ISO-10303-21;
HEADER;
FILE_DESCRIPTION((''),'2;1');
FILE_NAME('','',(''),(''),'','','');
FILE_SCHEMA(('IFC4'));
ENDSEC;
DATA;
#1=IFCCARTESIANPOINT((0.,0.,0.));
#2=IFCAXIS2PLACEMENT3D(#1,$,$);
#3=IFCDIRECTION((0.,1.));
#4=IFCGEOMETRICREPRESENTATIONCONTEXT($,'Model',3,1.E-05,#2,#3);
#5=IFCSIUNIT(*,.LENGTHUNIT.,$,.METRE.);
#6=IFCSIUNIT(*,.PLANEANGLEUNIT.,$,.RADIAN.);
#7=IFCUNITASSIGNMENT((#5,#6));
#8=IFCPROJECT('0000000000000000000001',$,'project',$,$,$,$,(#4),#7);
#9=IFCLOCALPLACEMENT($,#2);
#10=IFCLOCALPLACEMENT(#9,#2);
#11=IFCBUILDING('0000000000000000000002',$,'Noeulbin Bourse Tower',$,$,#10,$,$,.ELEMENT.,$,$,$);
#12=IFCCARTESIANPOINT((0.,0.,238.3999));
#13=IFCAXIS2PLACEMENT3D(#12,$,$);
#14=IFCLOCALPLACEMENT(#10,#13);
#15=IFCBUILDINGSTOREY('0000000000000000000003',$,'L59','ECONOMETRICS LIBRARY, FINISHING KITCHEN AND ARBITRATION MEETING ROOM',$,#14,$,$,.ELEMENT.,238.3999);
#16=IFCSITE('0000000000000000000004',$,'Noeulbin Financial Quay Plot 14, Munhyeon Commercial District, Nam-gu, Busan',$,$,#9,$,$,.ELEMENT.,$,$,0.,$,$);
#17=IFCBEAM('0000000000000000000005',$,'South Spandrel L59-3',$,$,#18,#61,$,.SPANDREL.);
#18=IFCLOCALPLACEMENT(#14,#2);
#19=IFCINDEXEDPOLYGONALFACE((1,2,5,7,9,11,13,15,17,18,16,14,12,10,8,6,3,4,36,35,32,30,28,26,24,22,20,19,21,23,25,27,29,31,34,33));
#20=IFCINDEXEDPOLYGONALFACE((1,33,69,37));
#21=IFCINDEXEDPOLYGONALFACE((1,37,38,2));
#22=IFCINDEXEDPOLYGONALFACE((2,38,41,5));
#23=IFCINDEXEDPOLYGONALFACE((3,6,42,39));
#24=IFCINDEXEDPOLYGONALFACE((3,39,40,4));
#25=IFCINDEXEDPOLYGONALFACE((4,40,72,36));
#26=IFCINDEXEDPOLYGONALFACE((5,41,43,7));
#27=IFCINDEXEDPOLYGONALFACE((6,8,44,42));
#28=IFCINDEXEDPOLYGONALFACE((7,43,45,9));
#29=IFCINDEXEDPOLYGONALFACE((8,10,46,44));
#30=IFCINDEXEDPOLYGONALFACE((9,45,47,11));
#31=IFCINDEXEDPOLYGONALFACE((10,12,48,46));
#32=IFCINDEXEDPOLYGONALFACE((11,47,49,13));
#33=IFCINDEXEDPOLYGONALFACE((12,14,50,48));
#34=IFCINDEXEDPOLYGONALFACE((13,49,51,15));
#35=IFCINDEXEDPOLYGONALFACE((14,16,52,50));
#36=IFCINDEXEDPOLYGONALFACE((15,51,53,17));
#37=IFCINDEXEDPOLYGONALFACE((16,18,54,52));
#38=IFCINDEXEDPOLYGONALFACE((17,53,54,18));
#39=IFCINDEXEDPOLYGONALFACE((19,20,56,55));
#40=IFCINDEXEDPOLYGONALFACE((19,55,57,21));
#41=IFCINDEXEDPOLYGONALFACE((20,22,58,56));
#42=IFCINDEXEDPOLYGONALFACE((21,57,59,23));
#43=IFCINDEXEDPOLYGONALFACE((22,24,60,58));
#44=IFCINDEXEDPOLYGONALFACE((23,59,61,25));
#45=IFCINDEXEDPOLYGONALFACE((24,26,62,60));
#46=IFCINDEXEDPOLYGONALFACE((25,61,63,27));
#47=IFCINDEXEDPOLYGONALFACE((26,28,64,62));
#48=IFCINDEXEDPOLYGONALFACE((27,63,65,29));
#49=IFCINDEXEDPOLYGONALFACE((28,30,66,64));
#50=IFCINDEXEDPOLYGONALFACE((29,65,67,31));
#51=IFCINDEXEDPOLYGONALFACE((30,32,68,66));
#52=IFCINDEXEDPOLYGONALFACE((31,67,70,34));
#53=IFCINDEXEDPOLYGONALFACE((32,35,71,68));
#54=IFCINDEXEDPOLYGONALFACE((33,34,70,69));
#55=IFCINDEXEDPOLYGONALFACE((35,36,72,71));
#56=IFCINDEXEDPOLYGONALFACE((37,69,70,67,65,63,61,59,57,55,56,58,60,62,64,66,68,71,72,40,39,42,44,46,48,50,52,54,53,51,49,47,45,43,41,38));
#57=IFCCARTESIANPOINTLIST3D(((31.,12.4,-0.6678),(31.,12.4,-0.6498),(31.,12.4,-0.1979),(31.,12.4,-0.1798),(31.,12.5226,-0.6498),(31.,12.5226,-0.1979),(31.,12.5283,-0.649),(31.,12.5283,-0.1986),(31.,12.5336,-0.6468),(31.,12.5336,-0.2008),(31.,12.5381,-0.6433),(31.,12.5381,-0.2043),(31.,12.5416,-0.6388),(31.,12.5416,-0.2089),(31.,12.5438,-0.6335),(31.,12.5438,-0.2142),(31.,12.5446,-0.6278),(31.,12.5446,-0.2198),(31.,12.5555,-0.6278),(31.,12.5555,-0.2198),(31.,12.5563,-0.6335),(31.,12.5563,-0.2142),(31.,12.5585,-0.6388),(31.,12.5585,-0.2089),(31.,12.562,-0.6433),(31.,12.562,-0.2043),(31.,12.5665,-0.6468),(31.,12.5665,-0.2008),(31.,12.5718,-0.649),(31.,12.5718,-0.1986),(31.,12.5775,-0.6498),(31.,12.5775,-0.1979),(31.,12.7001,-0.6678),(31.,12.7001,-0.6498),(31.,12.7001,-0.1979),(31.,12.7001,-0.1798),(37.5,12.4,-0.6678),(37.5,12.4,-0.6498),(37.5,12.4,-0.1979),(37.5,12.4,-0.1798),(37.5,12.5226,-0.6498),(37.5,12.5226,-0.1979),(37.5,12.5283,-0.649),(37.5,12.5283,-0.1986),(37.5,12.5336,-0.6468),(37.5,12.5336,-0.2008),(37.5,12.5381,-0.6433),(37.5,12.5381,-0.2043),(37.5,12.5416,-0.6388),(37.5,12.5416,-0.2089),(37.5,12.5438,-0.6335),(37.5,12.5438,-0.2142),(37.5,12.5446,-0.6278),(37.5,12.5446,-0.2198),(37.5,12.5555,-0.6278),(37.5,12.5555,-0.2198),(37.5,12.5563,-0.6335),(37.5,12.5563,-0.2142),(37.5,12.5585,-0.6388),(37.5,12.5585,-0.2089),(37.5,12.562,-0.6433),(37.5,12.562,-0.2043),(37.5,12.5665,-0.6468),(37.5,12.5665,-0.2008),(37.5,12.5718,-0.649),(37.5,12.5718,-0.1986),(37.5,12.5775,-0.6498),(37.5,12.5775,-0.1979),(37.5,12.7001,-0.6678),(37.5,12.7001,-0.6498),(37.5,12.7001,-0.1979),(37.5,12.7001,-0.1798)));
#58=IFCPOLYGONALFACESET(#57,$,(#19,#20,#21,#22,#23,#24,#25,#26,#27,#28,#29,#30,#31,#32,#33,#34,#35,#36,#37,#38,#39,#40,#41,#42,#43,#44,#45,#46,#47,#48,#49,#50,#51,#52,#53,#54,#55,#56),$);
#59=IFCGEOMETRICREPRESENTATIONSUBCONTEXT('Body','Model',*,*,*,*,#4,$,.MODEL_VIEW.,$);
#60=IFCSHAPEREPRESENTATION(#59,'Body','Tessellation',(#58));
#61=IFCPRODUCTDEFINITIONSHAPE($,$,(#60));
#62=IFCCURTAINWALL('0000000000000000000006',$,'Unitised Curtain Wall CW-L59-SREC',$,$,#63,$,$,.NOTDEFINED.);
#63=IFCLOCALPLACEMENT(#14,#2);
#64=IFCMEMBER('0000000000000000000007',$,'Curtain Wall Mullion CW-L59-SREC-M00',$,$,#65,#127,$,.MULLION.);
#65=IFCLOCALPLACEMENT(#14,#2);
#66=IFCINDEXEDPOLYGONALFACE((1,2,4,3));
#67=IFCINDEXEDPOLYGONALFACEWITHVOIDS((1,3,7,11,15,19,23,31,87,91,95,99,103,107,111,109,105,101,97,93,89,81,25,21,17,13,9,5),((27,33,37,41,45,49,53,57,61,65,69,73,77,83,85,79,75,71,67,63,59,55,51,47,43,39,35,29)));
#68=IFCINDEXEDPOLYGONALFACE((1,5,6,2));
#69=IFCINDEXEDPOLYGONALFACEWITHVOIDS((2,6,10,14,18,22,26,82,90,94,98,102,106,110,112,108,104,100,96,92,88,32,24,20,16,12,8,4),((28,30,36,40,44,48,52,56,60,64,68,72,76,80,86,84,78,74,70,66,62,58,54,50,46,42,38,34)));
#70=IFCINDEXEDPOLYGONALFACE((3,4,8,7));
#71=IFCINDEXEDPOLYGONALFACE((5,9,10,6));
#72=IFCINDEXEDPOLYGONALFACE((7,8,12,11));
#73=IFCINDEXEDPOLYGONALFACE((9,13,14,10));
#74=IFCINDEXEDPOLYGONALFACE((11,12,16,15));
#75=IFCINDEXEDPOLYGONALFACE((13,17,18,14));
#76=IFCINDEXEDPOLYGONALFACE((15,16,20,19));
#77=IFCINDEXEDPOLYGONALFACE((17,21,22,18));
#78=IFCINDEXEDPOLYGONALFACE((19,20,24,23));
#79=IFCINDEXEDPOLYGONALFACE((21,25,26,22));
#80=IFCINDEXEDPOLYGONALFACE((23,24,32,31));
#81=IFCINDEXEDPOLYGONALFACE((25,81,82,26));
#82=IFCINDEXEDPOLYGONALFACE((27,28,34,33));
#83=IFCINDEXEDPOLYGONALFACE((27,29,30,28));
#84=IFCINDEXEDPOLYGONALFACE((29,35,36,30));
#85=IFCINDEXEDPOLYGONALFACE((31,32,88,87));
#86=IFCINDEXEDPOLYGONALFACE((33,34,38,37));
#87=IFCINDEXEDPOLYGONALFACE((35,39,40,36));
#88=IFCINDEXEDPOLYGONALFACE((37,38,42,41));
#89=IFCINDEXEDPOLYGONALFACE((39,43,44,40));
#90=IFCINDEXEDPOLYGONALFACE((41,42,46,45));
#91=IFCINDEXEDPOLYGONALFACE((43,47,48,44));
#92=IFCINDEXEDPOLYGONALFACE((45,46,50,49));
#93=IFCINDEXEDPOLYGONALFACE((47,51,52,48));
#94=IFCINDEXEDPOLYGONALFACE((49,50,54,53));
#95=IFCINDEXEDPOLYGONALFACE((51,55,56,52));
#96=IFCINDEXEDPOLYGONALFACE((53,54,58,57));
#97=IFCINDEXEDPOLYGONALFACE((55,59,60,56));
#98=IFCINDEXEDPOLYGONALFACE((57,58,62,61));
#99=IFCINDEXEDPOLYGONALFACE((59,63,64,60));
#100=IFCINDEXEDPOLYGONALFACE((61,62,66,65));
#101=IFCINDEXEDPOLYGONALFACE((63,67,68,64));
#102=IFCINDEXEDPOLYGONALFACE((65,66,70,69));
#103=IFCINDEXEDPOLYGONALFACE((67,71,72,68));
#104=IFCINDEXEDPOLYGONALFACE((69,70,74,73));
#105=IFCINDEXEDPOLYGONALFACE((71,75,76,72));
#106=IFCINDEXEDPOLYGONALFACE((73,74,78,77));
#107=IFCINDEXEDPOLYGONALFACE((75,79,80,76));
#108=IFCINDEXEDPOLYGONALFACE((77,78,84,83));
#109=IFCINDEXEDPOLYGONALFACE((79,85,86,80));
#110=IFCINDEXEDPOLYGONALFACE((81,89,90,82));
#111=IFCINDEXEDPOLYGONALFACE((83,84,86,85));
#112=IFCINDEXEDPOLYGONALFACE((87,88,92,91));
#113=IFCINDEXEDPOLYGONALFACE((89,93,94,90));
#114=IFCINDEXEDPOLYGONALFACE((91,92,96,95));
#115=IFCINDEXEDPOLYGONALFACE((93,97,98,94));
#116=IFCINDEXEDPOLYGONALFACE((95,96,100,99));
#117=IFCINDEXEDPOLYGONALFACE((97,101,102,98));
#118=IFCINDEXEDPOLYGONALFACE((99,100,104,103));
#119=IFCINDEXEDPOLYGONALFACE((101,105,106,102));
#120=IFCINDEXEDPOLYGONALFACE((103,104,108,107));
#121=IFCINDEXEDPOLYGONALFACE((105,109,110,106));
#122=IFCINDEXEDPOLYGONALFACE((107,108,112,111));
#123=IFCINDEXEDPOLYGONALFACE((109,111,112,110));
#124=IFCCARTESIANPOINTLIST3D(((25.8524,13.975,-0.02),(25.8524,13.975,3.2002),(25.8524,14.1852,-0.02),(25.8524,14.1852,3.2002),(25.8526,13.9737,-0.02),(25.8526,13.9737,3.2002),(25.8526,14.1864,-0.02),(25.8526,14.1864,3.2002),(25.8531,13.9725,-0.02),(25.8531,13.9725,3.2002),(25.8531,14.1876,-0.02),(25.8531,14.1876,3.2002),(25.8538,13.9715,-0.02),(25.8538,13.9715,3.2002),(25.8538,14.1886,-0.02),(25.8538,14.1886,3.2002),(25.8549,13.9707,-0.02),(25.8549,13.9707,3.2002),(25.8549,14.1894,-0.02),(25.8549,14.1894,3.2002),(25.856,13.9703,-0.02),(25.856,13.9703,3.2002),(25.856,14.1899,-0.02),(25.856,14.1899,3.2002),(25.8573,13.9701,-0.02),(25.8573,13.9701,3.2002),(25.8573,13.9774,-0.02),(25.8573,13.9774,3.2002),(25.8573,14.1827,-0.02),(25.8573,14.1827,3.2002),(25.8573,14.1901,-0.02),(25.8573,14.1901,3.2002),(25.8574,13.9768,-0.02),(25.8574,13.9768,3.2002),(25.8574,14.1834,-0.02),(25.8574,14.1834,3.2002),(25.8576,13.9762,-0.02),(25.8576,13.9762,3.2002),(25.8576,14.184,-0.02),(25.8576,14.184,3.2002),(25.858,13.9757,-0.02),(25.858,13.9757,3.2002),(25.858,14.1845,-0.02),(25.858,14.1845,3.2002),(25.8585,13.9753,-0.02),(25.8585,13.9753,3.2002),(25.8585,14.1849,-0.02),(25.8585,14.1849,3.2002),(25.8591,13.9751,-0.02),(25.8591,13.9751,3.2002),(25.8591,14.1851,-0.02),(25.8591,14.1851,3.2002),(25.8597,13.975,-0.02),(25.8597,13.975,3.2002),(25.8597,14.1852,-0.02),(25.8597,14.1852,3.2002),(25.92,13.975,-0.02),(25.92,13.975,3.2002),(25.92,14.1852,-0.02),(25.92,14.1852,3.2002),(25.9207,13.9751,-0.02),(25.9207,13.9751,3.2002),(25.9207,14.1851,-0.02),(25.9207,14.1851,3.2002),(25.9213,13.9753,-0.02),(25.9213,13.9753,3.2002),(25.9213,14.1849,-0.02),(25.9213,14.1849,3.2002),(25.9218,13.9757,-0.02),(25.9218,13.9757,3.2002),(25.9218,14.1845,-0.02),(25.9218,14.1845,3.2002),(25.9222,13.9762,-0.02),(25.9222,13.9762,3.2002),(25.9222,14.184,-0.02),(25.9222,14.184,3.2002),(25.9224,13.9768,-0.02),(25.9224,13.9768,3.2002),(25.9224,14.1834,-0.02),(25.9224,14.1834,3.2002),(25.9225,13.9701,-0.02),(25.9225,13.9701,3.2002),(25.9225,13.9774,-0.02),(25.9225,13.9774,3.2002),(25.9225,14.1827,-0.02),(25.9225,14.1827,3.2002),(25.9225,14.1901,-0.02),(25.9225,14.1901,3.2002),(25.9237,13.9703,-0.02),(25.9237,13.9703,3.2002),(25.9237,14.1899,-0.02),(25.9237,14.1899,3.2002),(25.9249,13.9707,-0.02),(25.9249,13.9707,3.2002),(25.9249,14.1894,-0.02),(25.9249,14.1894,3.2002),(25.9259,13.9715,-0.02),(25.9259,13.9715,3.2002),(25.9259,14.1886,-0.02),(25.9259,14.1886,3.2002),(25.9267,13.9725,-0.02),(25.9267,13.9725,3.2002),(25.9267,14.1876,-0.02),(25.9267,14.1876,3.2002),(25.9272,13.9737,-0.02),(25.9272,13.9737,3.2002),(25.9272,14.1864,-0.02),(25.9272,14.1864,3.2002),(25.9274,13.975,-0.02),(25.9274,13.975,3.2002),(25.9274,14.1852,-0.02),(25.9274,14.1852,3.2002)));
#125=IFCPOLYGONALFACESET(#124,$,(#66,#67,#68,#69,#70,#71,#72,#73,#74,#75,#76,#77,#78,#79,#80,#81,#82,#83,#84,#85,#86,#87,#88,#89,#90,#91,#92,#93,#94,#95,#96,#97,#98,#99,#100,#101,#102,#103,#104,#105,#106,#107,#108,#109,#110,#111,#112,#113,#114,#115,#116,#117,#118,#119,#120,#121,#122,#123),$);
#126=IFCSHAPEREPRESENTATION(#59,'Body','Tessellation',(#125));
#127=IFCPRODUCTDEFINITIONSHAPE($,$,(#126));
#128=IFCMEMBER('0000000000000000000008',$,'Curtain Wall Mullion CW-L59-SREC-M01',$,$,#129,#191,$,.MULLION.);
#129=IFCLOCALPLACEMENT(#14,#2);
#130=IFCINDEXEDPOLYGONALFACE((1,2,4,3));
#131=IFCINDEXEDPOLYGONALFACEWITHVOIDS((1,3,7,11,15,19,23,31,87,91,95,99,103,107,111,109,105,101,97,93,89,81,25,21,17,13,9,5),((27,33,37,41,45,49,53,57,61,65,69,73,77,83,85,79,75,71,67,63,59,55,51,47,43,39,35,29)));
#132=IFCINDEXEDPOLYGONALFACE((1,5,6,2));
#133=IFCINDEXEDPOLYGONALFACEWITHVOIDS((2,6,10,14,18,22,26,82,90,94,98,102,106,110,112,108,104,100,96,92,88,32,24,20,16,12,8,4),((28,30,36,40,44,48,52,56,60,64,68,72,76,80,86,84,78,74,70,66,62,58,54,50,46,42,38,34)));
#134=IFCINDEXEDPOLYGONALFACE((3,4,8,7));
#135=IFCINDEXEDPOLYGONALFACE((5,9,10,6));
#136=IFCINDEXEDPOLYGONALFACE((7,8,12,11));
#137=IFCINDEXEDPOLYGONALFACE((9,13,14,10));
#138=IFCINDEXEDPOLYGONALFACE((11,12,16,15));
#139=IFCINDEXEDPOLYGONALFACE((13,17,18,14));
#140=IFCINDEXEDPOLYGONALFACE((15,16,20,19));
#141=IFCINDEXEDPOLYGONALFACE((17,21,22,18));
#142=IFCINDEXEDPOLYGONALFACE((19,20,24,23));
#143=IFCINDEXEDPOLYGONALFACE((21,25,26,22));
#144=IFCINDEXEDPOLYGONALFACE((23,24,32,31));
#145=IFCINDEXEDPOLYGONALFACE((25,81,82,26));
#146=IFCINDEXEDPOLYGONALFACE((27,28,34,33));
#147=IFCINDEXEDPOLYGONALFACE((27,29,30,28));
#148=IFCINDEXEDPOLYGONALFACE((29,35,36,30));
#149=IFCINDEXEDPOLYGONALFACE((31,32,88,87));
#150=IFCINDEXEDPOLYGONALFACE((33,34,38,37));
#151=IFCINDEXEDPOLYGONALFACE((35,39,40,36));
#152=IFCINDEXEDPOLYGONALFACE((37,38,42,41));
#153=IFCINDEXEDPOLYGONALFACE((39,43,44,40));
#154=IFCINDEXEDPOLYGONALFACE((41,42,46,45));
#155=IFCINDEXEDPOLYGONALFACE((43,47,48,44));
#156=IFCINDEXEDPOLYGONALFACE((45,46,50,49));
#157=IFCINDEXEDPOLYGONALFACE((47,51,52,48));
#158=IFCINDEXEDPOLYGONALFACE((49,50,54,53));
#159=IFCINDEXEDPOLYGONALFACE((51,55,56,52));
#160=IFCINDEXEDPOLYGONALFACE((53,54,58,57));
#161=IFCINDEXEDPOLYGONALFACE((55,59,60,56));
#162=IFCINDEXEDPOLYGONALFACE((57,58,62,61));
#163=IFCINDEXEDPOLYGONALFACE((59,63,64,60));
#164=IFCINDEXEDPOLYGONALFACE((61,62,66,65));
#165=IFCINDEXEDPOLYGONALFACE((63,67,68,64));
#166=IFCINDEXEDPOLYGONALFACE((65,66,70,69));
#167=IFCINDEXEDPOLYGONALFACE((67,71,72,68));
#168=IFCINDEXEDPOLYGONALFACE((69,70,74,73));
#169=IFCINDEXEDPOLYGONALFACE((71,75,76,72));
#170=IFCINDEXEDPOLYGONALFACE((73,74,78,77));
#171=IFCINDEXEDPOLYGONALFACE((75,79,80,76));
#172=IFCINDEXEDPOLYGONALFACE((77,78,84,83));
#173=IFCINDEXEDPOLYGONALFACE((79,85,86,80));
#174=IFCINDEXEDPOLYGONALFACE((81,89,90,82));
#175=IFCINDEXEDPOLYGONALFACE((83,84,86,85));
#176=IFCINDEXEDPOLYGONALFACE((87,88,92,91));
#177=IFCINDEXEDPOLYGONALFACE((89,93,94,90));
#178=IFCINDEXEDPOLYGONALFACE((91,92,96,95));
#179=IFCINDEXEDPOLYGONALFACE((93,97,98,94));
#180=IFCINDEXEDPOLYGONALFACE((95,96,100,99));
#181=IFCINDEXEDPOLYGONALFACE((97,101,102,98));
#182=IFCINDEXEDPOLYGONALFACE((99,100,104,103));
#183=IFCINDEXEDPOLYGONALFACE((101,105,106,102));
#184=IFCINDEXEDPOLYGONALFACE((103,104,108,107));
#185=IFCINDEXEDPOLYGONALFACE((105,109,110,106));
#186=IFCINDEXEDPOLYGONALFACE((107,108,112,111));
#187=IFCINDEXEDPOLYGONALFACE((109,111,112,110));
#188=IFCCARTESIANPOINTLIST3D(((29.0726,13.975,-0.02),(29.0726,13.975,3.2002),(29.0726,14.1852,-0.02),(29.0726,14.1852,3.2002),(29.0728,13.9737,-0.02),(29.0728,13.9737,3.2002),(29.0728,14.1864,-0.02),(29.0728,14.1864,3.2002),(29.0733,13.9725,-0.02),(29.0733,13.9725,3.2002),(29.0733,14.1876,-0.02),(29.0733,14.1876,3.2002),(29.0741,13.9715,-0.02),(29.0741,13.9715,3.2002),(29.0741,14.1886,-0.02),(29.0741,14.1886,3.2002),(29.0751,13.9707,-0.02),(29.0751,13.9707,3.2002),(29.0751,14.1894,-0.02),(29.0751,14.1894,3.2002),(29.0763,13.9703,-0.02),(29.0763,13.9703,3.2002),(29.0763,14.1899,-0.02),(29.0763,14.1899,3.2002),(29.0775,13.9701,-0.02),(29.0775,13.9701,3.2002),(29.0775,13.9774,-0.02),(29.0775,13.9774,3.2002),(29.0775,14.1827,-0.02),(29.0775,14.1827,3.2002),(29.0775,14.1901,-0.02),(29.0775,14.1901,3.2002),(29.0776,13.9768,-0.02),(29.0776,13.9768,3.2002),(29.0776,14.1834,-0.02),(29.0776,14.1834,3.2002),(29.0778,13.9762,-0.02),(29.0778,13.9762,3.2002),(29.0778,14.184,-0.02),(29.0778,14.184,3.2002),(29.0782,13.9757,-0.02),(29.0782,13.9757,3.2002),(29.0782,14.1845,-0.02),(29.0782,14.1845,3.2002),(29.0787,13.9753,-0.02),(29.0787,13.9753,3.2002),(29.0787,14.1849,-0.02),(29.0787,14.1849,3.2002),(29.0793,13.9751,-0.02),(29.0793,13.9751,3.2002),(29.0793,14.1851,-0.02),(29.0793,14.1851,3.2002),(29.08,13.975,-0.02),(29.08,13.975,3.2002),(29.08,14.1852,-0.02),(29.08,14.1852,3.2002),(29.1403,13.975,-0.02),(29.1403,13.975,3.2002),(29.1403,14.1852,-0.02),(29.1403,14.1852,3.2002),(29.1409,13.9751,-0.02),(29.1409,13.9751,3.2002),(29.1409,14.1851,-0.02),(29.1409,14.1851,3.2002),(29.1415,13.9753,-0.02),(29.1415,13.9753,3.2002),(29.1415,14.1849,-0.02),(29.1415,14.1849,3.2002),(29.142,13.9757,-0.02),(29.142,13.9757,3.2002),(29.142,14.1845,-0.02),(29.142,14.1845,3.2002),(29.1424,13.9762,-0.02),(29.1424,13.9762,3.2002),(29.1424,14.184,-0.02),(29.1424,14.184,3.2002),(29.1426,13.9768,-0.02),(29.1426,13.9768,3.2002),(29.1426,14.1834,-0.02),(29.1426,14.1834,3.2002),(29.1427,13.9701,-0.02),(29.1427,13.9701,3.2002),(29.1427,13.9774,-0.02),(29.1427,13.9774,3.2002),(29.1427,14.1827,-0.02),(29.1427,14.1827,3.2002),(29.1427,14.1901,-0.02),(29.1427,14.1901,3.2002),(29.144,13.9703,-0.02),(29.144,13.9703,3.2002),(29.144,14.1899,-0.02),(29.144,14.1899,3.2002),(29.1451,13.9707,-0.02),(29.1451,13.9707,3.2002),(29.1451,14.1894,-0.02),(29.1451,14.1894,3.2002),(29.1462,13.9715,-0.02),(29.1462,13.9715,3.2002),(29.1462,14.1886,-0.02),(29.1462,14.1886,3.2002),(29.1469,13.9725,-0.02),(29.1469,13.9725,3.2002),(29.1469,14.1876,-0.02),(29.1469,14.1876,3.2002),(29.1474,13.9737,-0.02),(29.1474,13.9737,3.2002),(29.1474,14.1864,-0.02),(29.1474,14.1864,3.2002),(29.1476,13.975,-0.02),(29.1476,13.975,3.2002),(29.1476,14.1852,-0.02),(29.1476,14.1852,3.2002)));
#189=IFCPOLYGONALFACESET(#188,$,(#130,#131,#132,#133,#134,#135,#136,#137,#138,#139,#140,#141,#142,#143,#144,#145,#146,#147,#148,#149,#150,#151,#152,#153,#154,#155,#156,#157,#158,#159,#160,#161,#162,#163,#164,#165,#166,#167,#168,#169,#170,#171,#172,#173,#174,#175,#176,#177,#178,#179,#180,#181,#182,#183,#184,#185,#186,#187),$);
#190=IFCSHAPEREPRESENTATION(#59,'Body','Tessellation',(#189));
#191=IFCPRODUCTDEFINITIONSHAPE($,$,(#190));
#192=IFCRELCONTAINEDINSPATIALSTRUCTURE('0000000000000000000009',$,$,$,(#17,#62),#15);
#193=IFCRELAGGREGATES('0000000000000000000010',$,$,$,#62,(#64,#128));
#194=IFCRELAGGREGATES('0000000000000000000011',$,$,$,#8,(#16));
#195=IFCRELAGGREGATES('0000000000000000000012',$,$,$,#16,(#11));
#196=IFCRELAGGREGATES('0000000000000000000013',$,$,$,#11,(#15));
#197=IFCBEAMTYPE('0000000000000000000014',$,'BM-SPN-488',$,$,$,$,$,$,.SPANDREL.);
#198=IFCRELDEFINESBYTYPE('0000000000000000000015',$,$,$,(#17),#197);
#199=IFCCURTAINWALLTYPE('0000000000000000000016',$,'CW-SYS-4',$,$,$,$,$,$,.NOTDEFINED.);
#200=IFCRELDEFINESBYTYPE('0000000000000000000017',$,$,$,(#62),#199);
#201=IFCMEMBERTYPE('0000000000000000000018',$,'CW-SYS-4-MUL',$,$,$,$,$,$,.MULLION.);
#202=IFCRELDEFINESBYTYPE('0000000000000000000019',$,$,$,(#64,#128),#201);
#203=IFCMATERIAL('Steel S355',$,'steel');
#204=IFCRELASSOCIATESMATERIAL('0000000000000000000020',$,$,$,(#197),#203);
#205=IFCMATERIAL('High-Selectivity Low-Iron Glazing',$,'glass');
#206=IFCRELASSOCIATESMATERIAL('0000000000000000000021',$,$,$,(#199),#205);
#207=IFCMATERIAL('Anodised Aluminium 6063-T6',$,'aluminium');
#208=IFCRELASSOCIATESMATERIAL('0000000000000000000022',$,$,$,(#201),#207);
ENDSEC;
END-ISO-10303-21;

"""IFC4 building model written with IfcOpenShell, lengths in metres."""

from ifc_helpers import new_model, si_unit, direction, frame, origin, origin_2d, place, context, subcontext, project, spatial, hollow_rectangle, i_section, extrude, material, material_profile, profile_set, type_object, element, aggregate, save


model = new_model("IFC4")

# Units and contexts
model_context = context("Model", 3, precision=1e-05, world=origin(), true_north=direction((0.0, 1.0)))
body_context = subcontext(model_context, "Body", "Model", "MODEL_VIEW")
ifc_project = project(units=[si_unit("LENGTHUNIT", "METRE"), si_unit("PLANEANGLEUNIT", "RADIAN")], contexts=[model_context])

# Site, building, storey
site_placement = place(None, origin())
site = spatial("IfcSite", under=ifc_project, at=site_placement, Name="Noeulbin Financial Quay Plot 14, Munhyeon Commercial District, Nam-gu, Busan", CompositionType="ELEMENT", RefElevation=0.0)
building_placement = place(site_placement, origin())
building = spatial("IfcBuilding", under=site, at=building_placement, Name="Noeulbin Bourse Tower", CompositionType="ELEMENT")
storey_placement = place(building_placement, frame((0.0, 0.0, 238.3999)))
storey = spatial("IfcBuildingStorey", under=building, at=storey_placement, Name="L59", Description="ECONOMETRICS LIBRARY, FINISHING KITCHEN AND ARBITRATION MEETING ROOM", CompositionType="ELEMENT", Elevation=238.3999)

# Shared definitions
ifc_material_1 = material(Name="Steel S355", Category="steel")

# Beam
ifc_material_profile_1 = material_profile(ifc_material_1, i_section(OverallWidth=0.3, OverallDepth=0.488, WebThickness=0.011, FlangeThickness=0.0181, FilletRadius=0.022, at=origin_2d()), Name="H-488x300x11x18", Category="LoadBearing")
ifc_profile_set_1 = profile_set([ifc_material_profile_1], Name="Steel S355")
beam_type_1 = type_object("IfcBeamType", Name="BM-SPN-488", PredefinedType="SPANDREL", material=ifc_profile_set_1)
beam_1_placement = place(storey_placement, frame((31.0, 12.55, -0.4238), z_axis=(1.0, 0.0, 0.0), x_axis=(0.0, 1.0, 0.0)))
element("IfcBeam", 1, at=beam_1_placement, inside=storey, type_object=beam_type_1, Name="South Spandrel L59-3", PredefinedType="SPANDREL", context=body_context, shape_type="SweptSolid", body=[
    extrude(i_section(OverallWidth=0.3, OverallDepth=0.488, WebThickness=0.011, FlangeThickness=0.0181, FilletRadius=0.022, at=origin_2d()), origin(), (0.0, 0.0, 1.0), 6.5),
])

# Curtain wall, members
ifc_material_2 = material(Name="High-Selectivity Low-Iron Glazing", Category="glass")
curtain_wall_type = type_object("IfcCurtainWallType", Name="CW-SYS-4", PredefinedType="NOTDEFINED", material=ifc_material_2)
curtain_wall_1_placement = place(storey_placement, origin())
curtain_wall_1 = element("IfcCurtainWall", 2, at=curtain_wall_1_placement, inside=storey, type_object=curtain_wall_type, Name="Unitised Curtain Wall CW-L59-SREC", PredefinedType="NOTDEFINED")
ifc_material_3 = material(Name="Anodised Aluminium 6063-T6", Category="aluminium")
ifc_material_profile_2 = material_profile(ifc_material_3, hollow_rectangle(XDim=0.075, YDim=0.22, WallThickness=0.0049, InnerFilletRadius=0.0024, OuterFilletRadius=0.0049, at=origin_2d()), Name="ALU-MULL-75x220x5", Category="LoadBearing")
ifc_profile_set_2 = profile_set([ifc_material_profile_2], Name="Anodised Aluminium 6063-T6")
member_type_1 = type_object("IfcMemberType", Name="CW-SYS-4-MUL", PredefinedType="MULLION", material=ifc_profile_set_2)
member_1_placement = place(storey_placement, frame((25.8899, 14.0801, -0.02), z_axis=(0.0, 0.0, 1.0), x_axis=(1.0, 0.0, 0.0)))
member_1 = element("IfcMember", 3, at=member_1_placement, type_object=member_type_1, Name="Curtain Wall Mullion CW-L59-SREC-M00", PredefinedType="MULLION", context=body_context, shape_type="SweptSolid", body=[
    extrude(hollow_rectangle(XDim=0.075, YDim=0.22, WallThickness=0.0049, InnerFilletRadius=0.0024, OuterFilletRadius=0.0049, at=origin_2d()), origin(), (0.0, 0.0, 1.0), 3.2202),
])
member_2_placement = place(storey_placement, frame((29.1101, 14.0801, -0.02), z_axis=(0.0, 0.0, 1.0), x_axis=(1.0, 0.0, 0.0)))
member_2 = element("IfcMember", 4, at=member_2_placement, type_object=member_type_1, Name="Curtain Wall Mullion CW-L59-SREC-M01", PredefinedType="MULLION", context=body_context, shape_type="SweptSolid", body=[
    extrude(hollow_rectangle(XDim=0.075, YDim=0.22, WallThickness=0.0049, InnerFilletRadius=0.0024, OuterFilletRadius=0.0049, at=origin_2d()), origin(), (0.0, 0.0, 1.0), 3.2202),
])

aggregate(curtain_wall_1, [member_1, member_2])

save(model, "model.ifc")
